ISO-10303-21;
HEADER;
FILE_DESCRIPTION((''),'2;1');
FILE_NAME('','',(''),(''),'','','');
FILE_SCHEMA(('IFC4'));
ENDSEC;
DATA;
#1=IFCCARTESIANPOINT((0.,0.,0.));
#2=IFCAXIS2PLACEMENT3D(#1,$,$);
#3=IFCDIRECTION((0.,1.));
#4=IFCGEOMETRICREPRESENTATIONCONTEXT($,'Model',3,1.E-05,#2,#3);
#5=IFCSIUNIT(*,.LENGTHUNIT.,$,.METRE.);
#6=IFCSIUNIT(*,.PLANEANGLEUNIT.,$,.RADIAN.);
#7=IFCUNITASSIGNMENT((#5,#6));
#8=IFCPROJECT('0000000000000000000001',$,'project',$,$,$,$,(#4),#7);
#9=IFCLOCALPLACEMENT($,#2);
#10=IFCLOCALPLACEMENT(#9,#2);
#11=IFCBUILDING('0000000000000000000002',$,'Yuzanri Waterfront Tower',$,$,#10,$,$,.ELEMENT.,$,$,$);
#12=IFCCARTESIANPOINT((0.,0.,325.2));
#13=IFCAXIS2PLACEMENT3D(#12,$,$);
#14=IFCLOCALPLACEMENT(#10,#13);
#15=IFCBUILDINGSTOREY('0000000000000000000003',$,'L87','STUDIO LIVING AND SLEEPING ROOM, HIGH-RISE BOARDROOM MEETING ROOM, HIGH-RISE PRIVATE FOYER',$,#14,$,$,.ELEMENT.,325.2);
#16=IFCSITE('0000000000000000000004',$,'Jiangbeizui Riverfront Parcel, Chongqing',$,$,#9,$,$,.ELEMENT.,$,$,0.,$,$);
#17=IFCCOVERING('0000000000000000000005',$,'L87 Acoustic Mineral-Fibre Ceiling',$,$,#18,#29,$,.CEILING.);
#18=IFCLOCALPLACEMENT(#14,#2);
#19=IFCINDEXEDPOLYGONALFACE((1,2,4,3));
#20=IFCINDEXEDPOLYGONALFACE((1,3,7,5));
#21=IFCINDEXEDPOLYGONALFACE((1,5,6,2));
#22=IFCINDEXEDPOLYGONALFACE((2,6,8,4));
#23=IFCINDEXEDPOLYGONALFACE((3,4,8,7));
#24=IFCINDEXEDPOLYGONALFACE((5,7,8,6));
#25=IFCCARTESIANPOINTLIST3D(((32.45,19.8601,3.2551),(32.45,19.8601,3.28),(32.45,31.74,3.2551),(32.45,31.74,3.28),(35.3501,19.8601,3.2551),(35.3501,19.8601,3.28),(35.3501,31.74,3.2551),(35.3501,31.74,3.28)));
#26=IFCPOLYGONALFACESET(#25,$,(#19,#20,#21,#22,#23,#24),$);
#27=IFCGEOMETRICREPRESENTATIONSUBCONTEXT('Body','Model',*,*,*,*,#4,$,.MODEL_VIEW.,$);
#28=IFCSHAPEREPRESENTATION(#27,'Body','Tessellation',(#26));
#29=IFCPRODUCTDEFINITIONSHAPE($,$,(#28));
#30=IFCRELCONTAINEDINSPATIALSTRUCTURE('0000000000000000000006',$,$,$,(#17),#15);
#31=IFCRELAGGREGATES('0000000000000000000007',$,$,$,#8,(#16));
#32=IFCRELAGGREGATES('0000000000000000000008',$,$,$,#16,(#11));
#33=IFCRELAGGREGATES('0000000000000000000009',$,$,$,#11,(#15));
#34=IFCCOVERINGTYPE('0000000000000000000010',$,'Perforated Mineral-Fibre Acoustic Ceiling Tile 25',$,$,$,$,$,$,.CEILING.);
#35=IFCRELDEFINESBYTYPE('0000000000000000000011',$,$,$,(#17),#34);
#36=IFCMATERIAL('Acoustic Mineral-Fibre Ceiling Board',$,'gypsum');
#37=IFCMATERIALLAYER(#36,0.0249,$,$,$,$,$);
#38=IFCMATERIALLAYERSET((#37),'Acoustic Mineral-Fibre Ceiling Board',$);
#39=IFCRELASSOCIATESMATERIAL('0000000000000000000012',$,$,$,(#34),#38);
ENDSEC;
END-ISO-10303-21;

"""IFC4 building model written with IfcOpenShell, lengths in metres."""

from ifc_helpers import new_model, si_unit, direction, frame, origin, place, context, subcontext, project, spatial, polyline, outline, extrude, material, layer, layer_set, type_object, element, save


model = new_model("IFC4")

# Units and contexts
model_context = context("Model", 3, precision=1e-05, world=origin(), true_north=direction((0.0, 1.0)))
body_context = subcontext(model_context, "Body", "Model", "MODEL_VIEW")
ifc_project = project(units=[si_unit("LENGTHUNIT", "METRE"), si_unit("PLANEANGLEUNIT", "RADIAN")], contexts=[model_context])

# Site, building, storey
site_placement = place(None, origin())
site = spatial("IfcSite", under=ifc_project, at=site_placement, Name="Jiangbeizui Riverfront Parcel, Chongqing", CompositionType="ELEMENT", RefElevation=0.0)
building_placement = place(site_placement, origin())
building = spatial("IfcBuilding", under=site, at=building_placement, Name="Yuzanri Waterfront Tower", CompositionType="ELEMENT")
storey_placement = place(building_placement, frame((0.0, 0.0, 325.2)))
storey = spatial("IfcBuildingStorey", under=building, at=storey_placement, Name="L87", Description="STUDIO LIVING AND SLEEPING ROOM, HIGH-RISE BOARDROOM MEETING ROOM, HIGH-RISE PRIVATE FOYER", CompositionType="ELEMENT", Elevation=325.2)

# Covering
ifc_material_1 = material(Name="Acoustic Mineral-Fibre Ceiling Board", Category="gypsum")
ifc_layer_1 = layer(ifc_material_1, 0.0249)
ifc_layer_set_1 = layer_set([ifc_layer_1], Name="Acoustic Mineral-Fibre Ceiling Board")
covering_type_1 = type_object("IfcCoveringType", Name="Perforated Mineral-Fibre Acoustic Ceiling Tile 25", PredefinedType="CEILING", material=ifc_layer_set_1)
covering_1_placement = place(storey_placement, frame((0.0, 0.0, 3.2551)))
element("IfcCovering", 1, at=covering_1_placement, inside=storey, type_object=covering_type_1, Name="L87 Acoustic Mineral-Fibre Ceiling", PredefinedType="CEILING", context=body_context, shape_type="SweptSolid", body=[
    extrude(outline(polyline([(32.45, 19.8601), (35.3501, 19.8601), (35.3501, 31.74), (32.45, 31.74), (32.45, 19.8601)])), origin(), (0.0, 0.0, 1.0), 0.0249),
])

save(model, "model.ifc")
